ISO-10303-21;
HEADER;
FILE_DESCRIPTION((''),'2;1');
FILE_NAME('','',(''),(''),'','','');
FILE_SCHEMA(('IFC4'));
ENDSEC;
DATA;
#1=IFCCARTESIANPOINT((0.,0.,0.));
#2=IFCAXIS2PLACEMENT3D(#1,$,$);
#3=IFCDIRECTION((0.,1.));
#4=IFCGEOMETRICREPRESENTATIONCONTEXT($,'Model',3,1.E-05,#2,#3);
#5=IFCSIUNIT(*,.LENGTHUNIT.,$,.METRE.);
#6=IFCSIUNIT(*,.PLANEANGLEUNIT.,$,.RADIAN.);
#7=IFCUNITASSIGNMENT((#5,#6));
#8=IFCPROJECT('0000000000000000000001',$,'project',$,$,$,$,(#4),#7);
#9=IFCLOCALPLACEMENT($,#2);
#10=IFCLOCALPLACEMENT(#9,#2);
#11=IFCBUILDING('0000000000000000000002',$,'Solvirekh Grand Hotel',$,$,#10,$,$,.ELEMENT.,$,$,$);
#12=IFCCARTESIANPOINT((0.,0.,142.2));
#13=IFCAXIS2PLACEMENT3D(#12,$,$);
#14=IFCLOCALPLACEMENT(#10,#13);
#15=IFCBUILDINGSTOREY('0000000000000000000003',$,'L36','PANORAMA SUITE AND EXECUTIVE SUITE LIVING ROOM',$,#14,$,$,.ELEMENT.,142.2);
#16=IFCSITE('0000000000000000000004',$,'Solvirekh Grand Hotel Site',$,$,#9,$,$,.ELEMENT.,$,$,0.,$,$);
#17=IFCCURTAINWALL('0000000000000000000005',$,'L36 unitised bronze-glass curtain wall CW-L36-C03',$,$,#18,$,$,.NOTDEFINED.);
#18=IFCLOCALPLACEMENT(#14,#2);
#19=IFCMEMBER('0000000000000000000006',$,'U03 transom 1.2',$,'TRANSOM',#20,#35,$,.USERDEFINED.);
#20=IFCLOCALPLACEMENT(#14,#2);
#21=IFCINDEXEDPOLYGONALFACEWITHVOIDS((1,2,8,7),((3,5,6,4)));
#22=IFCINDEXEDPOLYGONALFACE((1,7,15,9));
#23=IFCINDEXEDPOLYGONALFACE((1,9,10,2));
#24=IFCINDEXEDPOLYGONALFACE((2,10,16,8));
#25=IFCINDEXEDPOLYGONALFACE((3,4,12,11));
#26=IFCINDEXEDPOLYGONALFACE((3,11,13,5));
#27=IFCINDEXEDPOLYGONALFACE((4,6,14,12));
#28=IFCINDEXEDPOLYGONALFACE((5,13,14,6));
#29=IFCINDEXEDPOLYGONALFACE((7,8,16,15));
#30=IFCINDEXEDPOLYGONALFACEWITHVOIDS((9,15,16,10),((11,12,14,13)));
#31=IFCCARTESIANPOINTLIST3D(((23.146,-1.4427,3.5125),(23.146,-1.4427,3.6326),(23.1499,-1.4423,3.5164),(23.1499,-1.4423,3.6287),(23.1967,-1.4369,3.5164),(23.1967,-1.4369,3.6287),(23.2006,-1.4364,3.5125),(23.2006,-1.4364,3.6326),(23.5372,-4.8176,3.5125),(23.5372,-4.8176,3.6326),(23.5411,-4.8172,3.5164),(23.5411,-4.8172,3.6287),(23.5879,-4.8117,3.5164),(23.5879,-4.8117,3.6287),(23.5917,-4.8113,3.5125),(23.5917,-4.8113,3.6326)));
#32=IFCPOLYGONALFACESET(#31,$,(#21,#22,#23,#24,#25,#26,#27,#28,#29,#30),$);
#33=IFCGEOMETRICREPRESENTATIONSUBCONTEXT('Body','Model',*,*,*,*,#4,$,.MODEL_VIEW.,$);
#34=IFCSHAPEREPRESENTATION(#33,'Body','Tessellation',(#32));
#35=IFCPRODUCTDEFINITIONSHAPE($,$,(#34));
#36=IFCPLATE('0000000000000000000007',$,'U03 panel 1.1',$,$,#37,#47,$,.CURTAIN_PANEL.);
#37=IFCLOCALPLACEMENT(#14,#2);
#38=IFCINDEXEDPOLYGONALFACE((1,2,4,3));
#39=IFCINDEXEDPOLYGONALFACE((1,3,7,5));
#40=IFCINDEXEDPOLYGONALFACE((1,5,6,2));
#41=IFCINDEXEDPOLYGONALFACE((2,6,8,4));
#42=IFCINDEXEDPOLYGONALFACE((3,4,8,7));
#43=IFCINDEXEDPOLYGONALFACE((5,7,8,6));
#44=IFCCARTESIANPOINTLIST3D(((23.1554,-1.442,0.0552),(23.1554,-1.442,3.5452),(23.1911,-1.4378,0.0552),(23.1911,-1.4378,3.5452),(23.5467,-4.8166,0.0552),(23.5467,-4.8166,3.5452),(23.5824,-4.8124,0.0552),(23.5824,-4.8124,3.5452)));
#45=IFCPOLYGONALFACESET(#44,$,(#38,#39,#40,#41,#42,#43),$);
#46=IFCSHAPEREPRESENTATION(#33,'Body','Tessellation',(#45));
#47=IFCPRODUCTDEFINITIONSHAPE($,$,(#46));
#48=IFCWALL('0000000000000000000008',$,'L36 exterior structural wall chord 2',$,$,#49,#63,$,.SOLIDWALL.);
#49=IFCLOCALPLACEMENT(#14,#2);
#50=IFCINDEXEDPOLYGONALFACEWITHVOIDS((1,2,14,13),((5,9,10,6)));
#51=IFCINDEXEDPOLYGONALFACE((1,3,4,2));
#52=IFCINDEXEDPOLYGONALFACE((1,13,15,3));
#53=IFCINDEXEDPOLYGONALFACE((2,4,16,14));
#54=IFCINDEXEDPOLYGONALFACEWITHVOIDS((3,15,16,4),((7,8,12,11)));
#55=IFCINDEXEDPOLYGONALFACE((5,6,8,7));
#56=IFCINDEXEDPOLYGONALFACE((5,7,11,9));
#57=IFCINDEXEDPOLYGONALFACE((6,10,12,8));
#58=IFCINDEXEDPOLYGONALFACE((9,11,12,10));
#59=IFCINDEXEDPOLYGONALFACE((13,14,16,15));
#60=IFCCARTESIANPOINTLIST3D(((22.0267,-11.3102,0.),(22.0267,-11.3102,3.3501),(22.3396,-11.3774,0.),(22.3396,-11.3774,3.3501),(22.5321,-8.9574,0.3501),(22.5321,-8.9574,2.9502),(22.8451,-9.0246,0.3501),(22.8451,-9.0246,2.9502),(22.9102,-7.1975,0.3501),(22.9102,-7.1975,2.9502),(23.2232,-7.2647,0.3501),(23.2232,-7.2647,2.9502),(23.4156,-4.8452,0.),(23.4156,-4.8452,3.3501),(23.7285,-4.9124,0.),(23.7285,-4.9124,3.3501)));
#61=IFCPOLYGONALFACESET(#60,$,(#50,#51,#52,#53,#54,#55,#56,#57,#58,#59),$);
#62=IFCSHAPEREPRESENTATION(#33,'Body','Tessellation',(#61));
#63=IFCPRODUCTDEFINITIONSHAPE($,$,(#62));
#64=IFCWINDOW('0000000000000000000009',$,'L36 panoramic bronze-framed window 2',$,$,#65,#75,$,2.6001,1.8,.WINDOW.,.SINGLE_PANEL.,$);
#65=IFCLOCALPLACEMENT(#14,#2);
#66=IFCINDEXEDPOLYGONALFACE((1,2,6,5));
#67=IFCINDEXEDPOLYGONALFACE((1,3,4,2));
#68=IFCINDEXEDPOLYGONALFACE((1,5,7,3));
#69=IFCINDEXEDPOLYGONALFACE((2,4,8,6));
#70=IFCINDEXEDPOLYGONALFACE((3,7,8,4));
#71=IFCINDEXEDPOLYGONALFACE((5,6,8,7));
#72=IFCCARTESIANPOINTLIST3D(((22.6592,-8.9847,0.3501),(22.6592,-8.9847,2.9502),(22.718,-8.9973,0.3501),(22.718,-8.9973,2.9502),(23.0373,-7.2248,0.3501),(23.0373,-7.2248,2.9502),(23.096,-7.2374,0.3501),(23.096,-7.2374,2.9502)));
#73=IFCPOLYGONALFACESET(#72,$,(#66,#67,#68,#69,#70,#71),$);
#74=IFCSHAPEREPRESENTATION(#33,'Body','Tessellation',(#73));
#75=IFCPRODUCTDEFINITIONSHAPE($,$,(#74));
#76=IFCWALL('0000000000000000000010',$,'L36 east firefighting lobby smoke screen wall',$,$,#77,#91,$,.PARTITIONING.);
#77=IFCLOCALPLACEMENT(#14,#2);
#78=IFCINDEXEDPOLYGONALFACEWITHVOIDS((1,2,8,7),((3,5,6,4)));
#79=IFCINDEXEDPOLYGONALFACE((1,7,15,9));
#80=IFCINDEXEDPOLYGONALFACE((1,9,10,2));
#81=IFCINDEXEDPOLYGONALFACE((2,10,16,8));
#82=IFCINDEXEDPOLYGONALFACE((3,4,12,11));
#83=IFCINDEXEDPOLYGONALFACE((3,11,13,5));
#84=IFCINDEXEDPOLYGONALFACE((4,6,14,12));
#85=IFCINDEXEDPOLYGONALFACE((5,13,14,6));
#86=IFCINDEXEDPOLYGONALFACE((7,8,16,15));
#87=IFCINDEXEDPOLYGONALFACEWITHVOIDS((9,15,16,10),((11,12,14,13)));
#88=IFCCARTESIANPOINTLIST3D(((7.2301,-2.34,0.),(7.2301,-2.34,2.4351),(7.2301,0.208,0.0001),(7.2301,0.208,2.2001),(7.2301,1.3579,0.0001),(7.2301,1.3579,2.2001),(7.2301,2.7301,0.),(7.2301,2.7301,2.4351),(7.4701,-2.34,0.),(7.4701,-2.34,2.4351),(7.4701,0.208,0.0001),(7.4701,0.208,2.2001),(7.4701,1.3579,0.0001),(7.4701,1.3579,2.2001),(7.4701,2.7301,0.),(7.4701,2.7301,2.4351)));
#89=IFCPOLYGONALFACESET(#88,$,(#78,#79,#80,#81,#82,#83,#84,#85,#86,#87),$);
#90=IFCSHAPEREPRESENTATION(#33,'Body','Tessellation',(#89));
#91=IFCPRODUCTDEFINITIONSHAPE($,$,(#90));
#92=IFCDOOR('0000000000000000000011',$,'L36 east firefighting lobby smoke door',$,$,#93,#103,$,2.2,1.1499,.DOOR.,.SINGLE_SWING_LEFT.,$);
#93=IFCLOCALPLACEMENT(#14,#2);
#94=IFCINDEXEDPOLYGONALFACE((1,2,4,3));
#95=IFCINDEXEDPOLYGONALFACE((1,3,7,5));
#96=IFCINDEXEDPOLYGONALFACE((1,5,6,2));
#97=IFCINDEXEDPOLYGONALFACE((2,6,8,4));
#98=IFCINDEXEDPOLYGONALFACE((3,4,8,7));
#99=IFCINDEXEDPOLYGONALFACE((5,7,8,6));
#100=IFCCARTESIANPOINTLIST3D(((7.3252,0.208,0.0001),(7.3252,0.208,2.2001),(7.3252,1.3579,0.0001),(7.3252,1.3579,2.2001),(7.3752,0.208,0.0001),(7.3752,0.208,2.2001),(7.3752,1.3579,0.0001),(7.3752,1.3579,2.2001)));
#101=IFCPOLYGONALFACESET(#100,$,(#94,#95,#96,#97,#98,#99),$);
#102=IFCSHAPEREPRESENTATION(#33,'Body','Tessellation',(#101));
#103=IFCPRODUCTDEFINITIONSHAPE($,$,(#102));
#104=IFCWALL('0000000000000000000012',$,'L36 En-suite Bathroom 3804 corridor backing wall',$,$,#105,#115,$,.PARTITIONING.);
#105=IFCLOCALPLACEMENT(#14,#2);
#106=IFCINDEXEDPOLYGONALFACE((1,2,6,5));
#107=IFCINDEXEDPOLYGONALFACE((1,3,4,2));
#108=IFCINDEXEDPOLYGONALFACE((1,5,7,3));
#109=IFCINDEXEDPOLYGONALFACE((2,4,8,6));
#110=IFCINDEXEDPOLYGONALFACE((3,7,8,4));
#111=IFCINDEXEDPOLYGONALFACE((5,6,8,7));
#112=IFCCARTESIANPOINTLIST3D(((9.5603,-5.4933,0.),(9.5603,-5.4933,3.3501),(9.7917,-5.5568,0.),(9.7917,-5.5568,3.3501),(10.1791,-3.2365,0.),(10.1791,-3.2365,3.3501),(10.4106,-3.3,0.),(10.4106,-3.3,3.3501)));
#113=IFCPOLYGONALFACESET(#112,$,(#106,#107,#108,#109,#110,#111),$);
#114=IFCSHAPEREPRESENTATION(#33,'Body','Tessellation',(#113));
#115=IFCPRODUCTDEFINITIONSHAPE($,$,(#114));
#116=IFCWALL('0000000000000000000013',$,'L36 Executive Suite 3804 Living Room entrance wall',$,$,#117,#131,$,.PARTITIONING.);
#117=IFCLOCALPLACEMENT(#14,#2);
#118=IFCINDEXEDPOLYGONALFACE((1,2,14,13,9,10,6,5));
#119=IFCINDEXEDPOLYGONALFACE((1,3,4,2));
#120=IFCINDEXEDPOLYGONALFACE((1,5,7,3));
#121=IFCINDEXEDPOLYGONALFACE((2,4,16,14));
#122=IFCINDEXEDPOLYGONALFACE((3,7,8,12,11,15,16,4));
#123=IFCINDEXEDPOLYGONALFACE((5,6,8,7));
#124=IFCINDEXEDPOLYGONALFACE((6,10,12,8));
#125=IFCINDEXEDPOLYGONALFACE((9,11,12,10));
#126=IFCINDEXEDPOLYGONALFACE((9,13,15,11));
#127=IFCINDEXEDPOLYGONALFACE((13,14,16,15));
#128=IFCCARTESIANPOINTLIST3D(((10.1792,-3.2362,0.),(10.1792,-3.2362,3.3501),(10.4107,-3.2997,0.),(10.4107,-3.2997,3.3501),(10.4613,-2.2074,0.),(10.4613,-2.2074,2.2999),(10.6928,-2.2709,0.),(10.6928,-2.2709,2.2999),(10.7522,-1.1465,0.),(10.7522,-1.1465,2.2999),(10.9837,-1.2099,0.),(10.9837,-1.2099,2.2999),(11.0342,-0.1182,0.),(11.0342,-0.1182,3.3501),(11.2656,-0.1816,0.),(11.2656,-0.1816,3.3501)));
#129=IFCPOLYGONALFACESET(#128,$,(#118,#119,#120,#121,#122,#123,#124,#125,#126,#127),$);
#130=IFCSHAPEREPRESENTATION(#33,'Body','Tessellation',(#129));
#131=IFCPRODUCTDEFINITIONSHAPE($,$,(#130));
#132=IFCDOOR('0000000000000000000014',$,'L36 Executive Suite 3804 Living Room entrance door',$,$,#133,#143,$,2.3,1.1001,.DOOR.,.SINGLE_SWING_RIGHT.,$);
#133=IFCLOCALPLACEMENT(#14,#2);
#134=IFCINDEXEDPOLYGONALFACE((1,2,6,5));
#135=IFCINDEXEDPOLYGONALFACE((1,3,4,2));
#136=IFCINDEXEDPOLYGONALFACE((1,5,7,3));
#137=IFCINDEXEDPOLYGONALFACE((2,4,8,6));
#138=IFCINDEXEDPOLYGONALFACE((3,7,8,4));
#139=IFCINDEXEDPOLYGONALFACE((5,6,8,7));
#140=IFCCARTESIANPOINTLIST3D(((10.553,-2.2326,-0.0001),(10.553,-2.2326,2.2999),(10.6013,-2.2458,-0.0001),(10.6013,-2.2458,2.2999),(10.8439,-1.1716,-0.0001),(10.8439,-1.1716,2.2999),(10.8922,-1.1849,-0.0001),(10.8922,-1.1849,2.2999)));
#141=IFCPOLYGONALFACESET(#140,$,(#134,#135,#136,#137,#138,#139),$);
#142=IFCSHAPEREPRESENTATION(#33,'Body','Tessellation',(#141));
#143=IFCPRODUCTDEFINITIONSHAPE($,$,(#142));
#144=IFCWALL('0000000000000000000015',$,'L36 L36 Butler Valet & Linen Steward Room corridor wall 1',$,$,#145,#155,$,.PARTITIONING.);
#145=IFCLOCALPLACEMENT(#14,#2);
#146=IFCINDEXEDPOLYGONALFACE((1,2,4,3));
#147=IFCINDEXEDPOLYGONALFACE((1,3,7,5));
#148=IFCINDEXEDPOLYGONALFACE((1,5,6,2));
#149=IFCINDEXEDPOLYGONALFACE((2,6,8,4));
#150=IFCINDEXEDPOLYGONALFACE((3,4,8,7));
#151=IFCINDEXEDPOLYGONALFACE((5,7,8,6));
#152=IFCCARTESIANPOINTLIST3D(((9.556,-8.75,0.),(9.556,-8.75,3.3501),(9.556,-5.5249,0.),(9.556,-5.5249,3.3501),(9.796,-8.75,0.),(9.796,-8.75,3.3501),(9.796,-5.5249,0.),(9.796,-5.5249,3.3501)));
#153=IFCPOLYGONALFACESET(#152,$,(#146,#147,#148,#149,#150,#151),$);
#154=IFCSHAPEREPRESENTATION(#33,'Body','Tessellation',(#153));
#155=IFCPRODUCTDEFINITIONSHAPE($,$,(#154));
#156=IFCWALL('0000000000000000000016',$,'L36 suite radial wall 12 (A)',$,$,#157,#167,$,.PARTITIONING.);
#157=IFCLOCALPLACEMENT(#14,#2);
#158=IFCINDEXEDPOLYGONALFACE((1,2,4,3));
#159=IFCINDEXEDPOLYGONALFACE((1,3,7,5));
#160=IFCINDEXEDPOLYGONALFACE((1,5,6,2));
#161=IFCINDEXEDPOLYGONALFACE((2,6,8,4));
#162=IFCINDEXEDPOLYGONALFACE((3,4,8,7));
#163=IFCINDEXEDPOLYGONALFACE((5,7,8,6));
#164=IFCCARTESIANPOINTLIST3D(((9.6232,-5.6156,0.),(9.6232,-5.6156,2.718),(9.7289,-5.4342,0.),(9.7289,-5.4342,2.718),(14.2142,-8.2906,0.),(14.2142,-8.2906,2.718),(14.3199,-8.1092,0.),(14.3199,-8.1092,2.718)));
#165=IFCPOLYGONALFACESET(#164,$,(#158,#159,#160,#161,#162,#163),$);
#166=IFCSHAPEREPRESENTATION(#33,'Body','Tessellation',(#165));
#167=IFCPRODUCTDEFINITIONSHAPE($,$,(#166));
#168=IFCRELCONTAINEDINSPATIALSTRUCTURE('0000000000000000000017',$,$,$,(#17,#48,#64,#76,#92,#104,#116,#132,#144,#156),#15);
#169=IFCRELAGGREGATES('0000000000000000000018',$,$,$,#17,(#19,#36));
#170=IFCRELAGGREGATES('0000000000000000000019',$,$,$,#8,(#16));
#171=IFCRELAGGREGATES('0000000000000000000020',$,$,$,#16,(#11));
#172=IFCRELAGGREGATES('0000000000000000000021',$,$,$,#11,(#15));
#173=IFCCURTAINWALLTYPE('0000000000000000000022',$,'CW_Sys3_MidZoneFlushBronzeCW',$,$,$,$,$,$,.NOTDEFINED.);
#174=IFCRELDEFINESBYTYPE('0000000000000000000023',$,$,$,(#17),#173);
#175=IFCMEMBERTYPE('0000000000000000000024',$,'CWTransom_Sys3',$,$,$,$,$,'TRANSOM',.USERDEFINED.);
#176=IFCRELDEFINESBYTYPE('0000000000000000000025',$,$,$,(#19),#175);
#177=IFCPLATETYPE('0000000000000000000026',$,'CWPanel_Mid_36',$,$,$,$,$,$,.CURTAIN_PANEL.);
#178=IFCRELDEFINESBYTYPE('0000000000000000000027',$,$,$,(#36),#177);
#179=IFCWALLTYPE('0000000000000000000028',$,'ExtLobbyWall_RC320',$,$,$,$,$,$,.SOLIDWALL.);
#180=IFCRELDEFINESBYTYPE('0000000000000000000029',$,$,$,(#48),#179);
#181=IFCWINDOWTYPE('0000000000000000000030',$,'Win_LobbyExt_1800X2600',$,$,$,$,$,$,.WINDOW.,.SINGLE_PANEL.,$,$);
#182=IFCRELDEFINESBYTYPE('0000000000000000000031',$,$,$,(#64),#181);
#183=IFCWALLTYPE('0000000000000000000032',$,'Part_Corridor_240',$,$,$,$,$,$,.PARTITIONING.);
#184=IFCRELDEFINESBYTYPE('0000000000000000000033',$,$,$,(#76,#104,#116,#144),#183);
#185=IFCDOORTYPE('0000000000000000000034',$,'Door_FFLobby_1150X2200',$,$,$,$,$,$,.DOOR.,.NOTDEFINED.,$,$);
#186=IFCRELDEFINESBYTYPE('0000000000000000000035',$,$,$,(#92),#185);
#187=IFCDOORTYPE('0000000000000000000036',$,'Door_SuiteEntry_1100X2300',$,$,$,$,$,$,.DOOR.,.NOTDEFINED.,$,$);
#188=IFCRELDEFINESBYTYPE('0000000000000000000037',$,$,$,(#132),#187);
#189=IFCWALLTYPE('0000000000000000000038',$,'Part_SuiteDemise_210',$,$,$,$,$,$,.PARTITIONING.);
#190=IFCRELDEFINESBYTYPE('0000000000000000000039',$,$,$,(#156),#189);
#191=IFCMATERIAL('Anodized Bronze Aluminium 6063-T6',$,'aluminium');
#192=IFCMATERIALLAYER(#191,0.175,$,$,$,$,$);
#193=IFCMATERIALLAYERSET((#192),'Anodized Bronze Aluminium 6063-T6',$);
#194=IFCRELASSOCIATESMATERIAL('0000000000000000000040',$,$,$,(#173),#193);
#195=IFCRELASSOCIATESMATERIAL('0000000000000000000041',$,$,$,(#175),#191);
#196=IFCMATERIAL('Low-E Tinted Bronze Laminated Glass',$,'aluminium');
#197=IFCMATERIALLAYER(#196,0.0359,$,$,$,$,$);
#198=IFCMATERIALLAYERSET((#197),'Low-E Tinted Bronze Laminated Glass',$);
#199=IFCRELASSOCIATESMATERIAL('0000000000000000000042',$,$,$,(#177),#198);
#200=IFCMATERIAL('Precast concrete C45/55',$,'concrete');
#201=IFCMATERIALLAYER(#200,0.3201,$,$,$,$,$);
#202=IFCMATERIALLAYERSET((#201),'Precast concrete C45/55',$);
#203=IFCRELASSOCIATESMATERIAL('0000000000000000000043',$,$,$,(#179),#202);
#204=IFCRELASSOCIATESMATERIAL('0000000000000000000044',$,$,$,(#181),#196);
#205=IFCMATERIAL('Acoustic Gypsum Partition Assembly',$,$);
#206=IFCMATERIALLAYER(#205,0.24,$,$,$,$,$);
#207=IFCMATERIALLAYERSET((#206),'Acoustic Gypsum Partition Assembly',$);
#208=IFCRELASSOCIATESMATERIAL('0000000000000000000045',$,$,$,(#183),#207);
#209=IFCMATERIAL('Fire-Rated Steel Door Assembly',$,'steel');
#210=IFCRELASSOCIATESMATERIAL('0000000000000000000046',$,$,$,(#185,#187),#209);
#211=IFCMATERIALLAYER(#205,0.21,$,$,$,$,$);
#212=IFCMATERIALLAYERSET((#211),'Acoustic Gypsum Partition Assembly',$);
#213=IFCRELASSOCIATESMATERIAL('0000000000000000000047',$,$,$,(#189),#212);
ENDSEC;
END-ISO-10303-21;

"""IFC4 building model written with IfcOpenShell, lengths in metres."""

from ifc_helpers import new_model, si_unit, direction, frame, frame_2d, origin, origin_2d, place, context, subcontext, project, spatial, rectangle, hollow_rectangle, extrude, source, transform, mapped, material, layer, layer_set, material_profile, profile_set, type_object, element, fill, aggregate, save


model = new_model("IFC4")

# Units and contexts
model_context = context("Model", 3, precision=1e-05, world=origin(), true_north=direction((0.0, 1.0)))
body_context = subcontext(model_context, "Body", "Model", "MODEL_VIEW")
ifc_project = project(units=[si_unit("LENGTHUNIT", "METRE"), si_unit("PLANEANGLEUNIT", "RADIAN")], contexts=[model_context])

# Site, building, storey
site_placement = place(None, origin())
site = spatial("IfcSite", under=ifc_project, at=site_placement, Name="Solvirekh Grand Hotel Site", CompositionType="ELEMENT", RefElevation=0.0)
building_placement = place(site_placement, origin())
building = spatial("IfcBuilding", under=site, at=building_placement, Name="Solvirekh Grand Hotel", CompositionType="ELEMENT")
storey_placement = place(building_placement, frame((0.0, 0.0, 142.2)))
storey = spatial("IfcBuildingStorey", under=building, at=storey_placement, Name="L36", Description="PANORAMA SUITE AND EXECUTIVE SUITE LIVING ROOM", CompositionType="ELEMENT", Elevation=142.2)

# Curtain wall, member, plate
ifc_material_1 = material(Name="Anodized Bronze Aluminium 6063-T6", Category="aluminium")
ifc_layer_1 = layer(ifc_material_1, 0.175)
ifc_layer_set_1 = layer_set([ifc_layer_1], Name="Anodized Bronze Aluminium 6063-T6")
curtain_wall_type = type_object("IfcCurtainWallType", Name="CW_Sys3_MidZoneFlushBronzeCW", PredefinedType="NOTDEFINED", material=ifc_layer_set_1)
curtain_wall_placement = place(storey_placement, origin())
curtain_wall = element("IfcCurtainWall", 1, at=curtain_wall_placement, inside=storey, type_object=curtain_wall_type, Name="L36 unitised bronze-glass curtain wall CW-L36-C03", PredefinedType="NOTDEFINED")
ifc_material_profile_1 = material_profile(ifc_material_1, hollow_rectangle(XDim=0.0549, YDim=0.1201, WallThickness=0.0039, at=origin_2d()), Name="ALU RHS 120X55X4")
ifc_profile_set_1 = profile_set([ifc_material_profile_1], Name="Anodized Bronze Aluminium 6063-T6")
member_type_1 = type_object("IfcMemberType", Name="CWTransom_Sys3", ElementType="TRANSOM", PredefinedType="USERDEFINED", material=ifc_profile_set_1)
shared_shape_1 = source(origin(), body_context, "Body", "SweptSolid", [
    extrude(hollow_rectangle(XDim=0.0549, YDim=0.1201, WallThickness=0.0039, at=origin_2d()), origin(), (0.0, 0.0, 1.0), 3.3975),
])
member_1_placement = place(storey_placement, frame((23.5645, -4.8145, 3.5725), z_axis=(-0.115123, 0.993351, 0.0), x_axis=(-0.993351, -0.115123, 0.0)))
member_1 = element("IfcMember", 2, at=member_1_placement, type_object=member_type_1, Name="U03 transom 1.2", ObjectType="TRANSOM", PredefinedType="USERDEFINED", context=body_context, shape_type="MappedRepresentation", body=[
    mapped(shared_shape_1, transform((0.0, 0.0, 0.0), x_axis=(1.0, 0.0, 0.0), y_axis=(0.0, 1.0, 0.0), z_axis=(0.0, 0.0, 1.0), scale=1.0)),
])
ifc_material_2 = material(Name="Low-E Tinted Bronze Laminated Glass", Category="aluminium")
ifc_layer_2 = layer(ifc_material_2, 0.0359)
ifc_layer_set_2 = layer_set([ifc_layer_2], Name="Low-E Tinted Bronze Laminated Glass")
plate_type = type_object("IfcPlateType", Name="CWPanel_Mid_36", PredefinedType="CURTAIN_PANEL", material=ifc_layer_set_2)
shared_shape_2 = source(origin(), body_context, "Body", "SweptSolid", [
    extrude(rectangle(XDim=3.3972, YDim=0.0359, at=origin_2d()), origin(), (0.0, 0.0, 1.0), 3.49),
])
plate_placement = place(storey_placement, frame((23.3689, -3.1272, 0.0552), z_axis=(0.0, 0.0, 1.0), x_axis=(-0.115173, 0.993345, 0.0)))
plate = element("IfcPlate", 3, at=plate_placement, type_object=plate_type, Name="U03 panel 1.1", PredefinedType="CURTAIN_PANEL", context=body_context, shape_type="MappedRepresentation", body=[
    mapped(shared_shape_2, transform((0.0, 0.0, 0.0), x_axis=(1.0, 0.0, 0.0), y_axis=(0.0, 1.0, 0.0), z_axis=(0.0, 0.0, 1.0), scale=1.0)),
])
aggregate(curtain_wall, [member_1, plate])

# Wall, opening, window
ifc_material_3 = material(Name="Precast concrete C45/55", Category="concrete")
ifc_layer_3 = layer(ifc_material_3, 0.3201)
ifc_layer_set_3 = layer_set([ifc_layer_3], Name="Precast concrete C45/55")
wall_type_1 = type_object("IfcWallType", Name="ExtLobbyWall_RC320", PredefinedType="SOLIDWALL", material=ifc_layer_set_3)
wall_1_placement = place(storey_placement, frame((23.572, -4.8789, 0.0), z_axis=(0.0, 0.0, 1.0), x_axis=(-0.210041, -0.977693, 0.0)))
wall_1 = element("IfcWall", 4, at=wall_1_placement, inside=storey, type_object=wall_type_1, Name="L36 exterior structural wall chord 2", PredefinedType="SOLIDWALL", context=body_context, shape_type="SweptSolid", body=[
    extrude(rectangle(XDim=6.6125, YDim=0.3201, at=frame_2d((3.3062, 0.0))), origin(), (0.0, 0.0, 1.0), 3.3501),
])
opening_1_placement = place(wall_1_placement, frame((2.406, 0.0, 0.3501)))
opening_1 = element("IfcOpeningElement", 5, at=opening_1_placement, cuts=wall_1, PredefinedType="OPENING", context=body_context, shape_type="SweptSolid", body=[
    extrude(rectangle(XDim=1.8, YDim=2.6001, at=frame_2d((0.8999, 1.3))), frame((0.0, 0.1699, 0.0), z_axis=(0.0, -1.0, 0.0), x_axis=(1.0, 0.0, 0.0)), (0.0, 0.0, 1.0), 0.3401),
])
window_type = type_object("IfcWindowType", Name="Win_LobbyExt_1800X2600", PartitioningType="SINGLE_PANEL", PredefinedType="WINDOW", material=ifc_material_2)
window_placement = place(opening_1_placement, origin())
window = element("IfcWindow", 6, at=window_placement, inside=storey, type_object=window_type, Name="L36 panoramic bronze-framed window 2", OverallHeight=2.6001, OverallWidth=1.8, PartitioningType="SINGLE_PANEL", PredefinedType="WINDOW", context=body_context, shape_type="SweptSolid", body=[
    extrude(rectangle(XDim=1.8, YDim=2.6001, at=frame_2d((0.8999, 1.3))), frame((0.0, 0.03, 0.0), z_axis=(0.0, -1.0, 0.0), x_axis=(1.0, 0.0, 0.0)), (0.0, 0.0, 1.0), 0.0601),
])
fill(opening_1, window)

# Wall, opening, door
ifc_material_4 = material(Name="Acoustic Gypsum Partition Assembly")
ifc_layer_4 = layer(ifc_material_4, 0.24)
ifc_layer_set_4 = layer_set([ifc_layer_4], Name="Acoustic Gypsum Partition Assembly")
wall_type_2 = type_object("IfcWallType", Name="Part_Corridor_240", PredefinedType="PARTITIONING", material=ifc_layer_set_4)
wall_2_placement = place(storey_placement, frame((7.3501, -2.3401, 0.0), z_axis=(0.0, 0.0, 1.0), x_axis=(0.0, 1.0, 0.0)))
wall_2 = element("IfcWall", 7, at=wall_2_placement, inside=storey, type_object=wall_type_2, Name="L36 east firefighting lobby smoke screen wall", PredefinedType="PARTITIONING", context=body_context, shape_type="SweptSolid", body=[
    extrude(rectangle(XDim=5.0701, YDim=0.24, at=frame_2d((2.5352, 0.0))), origin(), (0.0, 0.0, 1.0), 2.4351),
])
opening_2_placement = place(wall_2_placement, frame((2.5481, 0.0, 0.0)))
opening_2 = element("IfcOpeningElement", 8, at=opening_2_placement, cuts=wall_2, PredefinedType="OPENING", context=body_context, shape_type="SweptSolid", body=[
    extrude(rectangle(XDim=1.1499, YDim=2.2, at=frame_2d((0.575, 1.1001))), frame((0.0, 0.1299, 0.0), z_axis=(0.0, -1.0, 0.0), x_axis=(1.0, 0.0, 0.0)), (0.0, 0.0, 1.0), 0.26),
])
ifc_material_5 = material(Name="Fire-Rated Steel Door Assembly", Category="steel")
door_type_1 = type_object("IfcDoorType", Name="Door_FFLobby_1150X2200", OperationType="NOTDEFINED", PredefinedType="DOOR", material=ifc_material_5)
door_1_placement = place(opening_2_placement, origin())
door_1 = element("IfcDoor", 9, at=door_1_placement, inside=storey, type_object=door_type_1, Name="L36 east firefighting lobby smoke door", OperationType="SINGLE_SWING_LEFT", OverallHeight=2.2, OverallWidth=1.1499, PredefinedType="DOOR", context=body_context, shape_type="SweptSolid", body=[
    extrude(rectangle(XDim=1.1499, YDim=2.2, at=frame_2d((0.575, 1.1001))), frame((0.0, 0.0249, 0.0), z_axis=(0.0, -1.0, 0.0), x_axis=(1.0, 0.0, 0.0)), (0.0, 0.0, 1.0), 0.05),
])
fill(opening_2, door_1)

# Wall
wall_3_placement = place(storey_placement, frame((9.676, -5.5249, 0.0), z_axis=(0.0, 0.0, 1.0), x_axis=(0.264468, 0.964395, 0.0)))
element("IfcWall", 10, at=wall_3_placement, inside=storey, type_object=wall_type_2, Name="L36 En-suite Bathroom 3804 corridor backing wall", PredefinedType="PARTITIONING", context=body_context, shape_type="SweptSolid", body=[
    extrude(rectangle(XDim=2.3401, YDim=0.24, at=frame_2d((1.1699, 0.0))), origin(), (0.0, 0.0, 1.0), 3.3501),
])

# Wall, opening, door
wall_4_placement = place(storey_placement, frame((10.2949, -3.2681, 0.0), z_axis=(0.0, 0.0, 1.0), x_axis=(0.264433, 0.964404, 0.0)))
wall_4 = element("IfcWall", 11, at=wall_4_placement, inside=storey, type_object=wall_type_2, Name="L36 Executive Suite 3804 Living Room entrance wall", PredefinedType="PARTITIONING", context=body_context, shape_type="SweptSolid", body=[
    extrude(rectangle(XDim=3.2332, YDim=0.24, at=frame_2d((1.6167, 0.0))), origin(), (0.0, 0.0, 1.0), 3.3501),
])
opening_3_placement = place(wall_4_placement, frame((1.0669, 0.0, 0.0)))
opening_3 = element("IfcOpeningElement", 12, at=opening_3_placement, cuts=wall_4, PredefinedType="OPENING", context=body_context, shape_type="SweptSolid", body=[
    extrude(rectangle(XDim=1.1001, YDim=2.3, at=frame_2d((0.55, 1.1499))), frame((0.0, 0.1299, 0.0), z_axis=(0.0, -1.0, 0.0), x_axis=(1.0, 0.0, 0.0)), (0.0, 0.0, 1.0), 0.26),
])
door_type_2 = type_object("IfcDoorType", Name="Door_SuiteEntry_1100X2300", OperationType="NOTDEFINED", PredefinedType="DOOR", material=ifc_material_5)
door_2_placement = place(opening_3_placement, origin())
door_2 = element("IfcDoor", 13, at=door_2_placement, inside=storey, type_object=door_type_2, Name="L36 Executive Suite 3804 Living Room entrance door", OperationType="SINGLE_SWING_RIGHT", OverallHeight=2.3, OverallWidth=1.1001, PredefinedType="DOOR", context=body_context, shape_type="SweptSolid", body=[
    extrude(rectangle(XDim=1.1001, YDim=2.3, at=frame_2d((0.55, 1.1499))), frame((0.0, 0.0249, 0.0), z_axis=(0.0, -1.0, 0.0), x_axis=(1.0, 0.0, 0.0)), (0.0, 0.0, 1.0), 0.05),
])
fill(opening_3, door_2)

# Walls
wall_5_placement = place(storey_placement, frame((9.676, -8.75, 0.0), z_axis=(0.0, 0.0, 1.0), x_axis=(0.0, 1.0, 0.0)))
element("IfcWall", 14, at=wall_5_placement, inside=storey, type_object=wall_type_2, Name="L36 L36 Butler Valet & Linen Steward Room corridor wall 1", PredefinedType="PARTITIONING", context=body_context, shape_type="SweptSolid", body=[
    extrude(rectangle(XDim=3.2251, YDim=0.24, at=frame_2d((1.6125, 0.0))), origin(), (0.0, 0.0, 1.0), 3.3501),
])
ifc_layer_5 = layer(ifc_material_4, 0.21)
ifc_layer_set_5 = layer_set([ifc_layer_5], Name="Acoustic Gypsum Partition Assembly")
wall_type_3 = type_object("IfcWallType", Name="Part_SuiteDemise_210", PredefinedType="PARTITIONING", material=ifc_layer_set_5)
wall_6_placement = place(storey_placement, frame((9.676, -5.5249, 0.0), z_axis=(0.0, 0.0, 1.0), x_axis=(0.86403, -0.50344, 0.0)))
element("IfcWall", 15, at=wall_6_placement, inside=storey, type_object=wall_type_3, Name="L36 suite radial wall 12 (A)", PredefinedType="PARTITIONING", context=body_context, shape_type="SweptSolid", body=[
    extrude(rectangle(XDim=5.3135, YDim=0.21, at=frame_2d((2.6567, 0.0))), origin(), (0.0, 0.0, 1.0), 2.718),
])

save(model, "model.ifc")
